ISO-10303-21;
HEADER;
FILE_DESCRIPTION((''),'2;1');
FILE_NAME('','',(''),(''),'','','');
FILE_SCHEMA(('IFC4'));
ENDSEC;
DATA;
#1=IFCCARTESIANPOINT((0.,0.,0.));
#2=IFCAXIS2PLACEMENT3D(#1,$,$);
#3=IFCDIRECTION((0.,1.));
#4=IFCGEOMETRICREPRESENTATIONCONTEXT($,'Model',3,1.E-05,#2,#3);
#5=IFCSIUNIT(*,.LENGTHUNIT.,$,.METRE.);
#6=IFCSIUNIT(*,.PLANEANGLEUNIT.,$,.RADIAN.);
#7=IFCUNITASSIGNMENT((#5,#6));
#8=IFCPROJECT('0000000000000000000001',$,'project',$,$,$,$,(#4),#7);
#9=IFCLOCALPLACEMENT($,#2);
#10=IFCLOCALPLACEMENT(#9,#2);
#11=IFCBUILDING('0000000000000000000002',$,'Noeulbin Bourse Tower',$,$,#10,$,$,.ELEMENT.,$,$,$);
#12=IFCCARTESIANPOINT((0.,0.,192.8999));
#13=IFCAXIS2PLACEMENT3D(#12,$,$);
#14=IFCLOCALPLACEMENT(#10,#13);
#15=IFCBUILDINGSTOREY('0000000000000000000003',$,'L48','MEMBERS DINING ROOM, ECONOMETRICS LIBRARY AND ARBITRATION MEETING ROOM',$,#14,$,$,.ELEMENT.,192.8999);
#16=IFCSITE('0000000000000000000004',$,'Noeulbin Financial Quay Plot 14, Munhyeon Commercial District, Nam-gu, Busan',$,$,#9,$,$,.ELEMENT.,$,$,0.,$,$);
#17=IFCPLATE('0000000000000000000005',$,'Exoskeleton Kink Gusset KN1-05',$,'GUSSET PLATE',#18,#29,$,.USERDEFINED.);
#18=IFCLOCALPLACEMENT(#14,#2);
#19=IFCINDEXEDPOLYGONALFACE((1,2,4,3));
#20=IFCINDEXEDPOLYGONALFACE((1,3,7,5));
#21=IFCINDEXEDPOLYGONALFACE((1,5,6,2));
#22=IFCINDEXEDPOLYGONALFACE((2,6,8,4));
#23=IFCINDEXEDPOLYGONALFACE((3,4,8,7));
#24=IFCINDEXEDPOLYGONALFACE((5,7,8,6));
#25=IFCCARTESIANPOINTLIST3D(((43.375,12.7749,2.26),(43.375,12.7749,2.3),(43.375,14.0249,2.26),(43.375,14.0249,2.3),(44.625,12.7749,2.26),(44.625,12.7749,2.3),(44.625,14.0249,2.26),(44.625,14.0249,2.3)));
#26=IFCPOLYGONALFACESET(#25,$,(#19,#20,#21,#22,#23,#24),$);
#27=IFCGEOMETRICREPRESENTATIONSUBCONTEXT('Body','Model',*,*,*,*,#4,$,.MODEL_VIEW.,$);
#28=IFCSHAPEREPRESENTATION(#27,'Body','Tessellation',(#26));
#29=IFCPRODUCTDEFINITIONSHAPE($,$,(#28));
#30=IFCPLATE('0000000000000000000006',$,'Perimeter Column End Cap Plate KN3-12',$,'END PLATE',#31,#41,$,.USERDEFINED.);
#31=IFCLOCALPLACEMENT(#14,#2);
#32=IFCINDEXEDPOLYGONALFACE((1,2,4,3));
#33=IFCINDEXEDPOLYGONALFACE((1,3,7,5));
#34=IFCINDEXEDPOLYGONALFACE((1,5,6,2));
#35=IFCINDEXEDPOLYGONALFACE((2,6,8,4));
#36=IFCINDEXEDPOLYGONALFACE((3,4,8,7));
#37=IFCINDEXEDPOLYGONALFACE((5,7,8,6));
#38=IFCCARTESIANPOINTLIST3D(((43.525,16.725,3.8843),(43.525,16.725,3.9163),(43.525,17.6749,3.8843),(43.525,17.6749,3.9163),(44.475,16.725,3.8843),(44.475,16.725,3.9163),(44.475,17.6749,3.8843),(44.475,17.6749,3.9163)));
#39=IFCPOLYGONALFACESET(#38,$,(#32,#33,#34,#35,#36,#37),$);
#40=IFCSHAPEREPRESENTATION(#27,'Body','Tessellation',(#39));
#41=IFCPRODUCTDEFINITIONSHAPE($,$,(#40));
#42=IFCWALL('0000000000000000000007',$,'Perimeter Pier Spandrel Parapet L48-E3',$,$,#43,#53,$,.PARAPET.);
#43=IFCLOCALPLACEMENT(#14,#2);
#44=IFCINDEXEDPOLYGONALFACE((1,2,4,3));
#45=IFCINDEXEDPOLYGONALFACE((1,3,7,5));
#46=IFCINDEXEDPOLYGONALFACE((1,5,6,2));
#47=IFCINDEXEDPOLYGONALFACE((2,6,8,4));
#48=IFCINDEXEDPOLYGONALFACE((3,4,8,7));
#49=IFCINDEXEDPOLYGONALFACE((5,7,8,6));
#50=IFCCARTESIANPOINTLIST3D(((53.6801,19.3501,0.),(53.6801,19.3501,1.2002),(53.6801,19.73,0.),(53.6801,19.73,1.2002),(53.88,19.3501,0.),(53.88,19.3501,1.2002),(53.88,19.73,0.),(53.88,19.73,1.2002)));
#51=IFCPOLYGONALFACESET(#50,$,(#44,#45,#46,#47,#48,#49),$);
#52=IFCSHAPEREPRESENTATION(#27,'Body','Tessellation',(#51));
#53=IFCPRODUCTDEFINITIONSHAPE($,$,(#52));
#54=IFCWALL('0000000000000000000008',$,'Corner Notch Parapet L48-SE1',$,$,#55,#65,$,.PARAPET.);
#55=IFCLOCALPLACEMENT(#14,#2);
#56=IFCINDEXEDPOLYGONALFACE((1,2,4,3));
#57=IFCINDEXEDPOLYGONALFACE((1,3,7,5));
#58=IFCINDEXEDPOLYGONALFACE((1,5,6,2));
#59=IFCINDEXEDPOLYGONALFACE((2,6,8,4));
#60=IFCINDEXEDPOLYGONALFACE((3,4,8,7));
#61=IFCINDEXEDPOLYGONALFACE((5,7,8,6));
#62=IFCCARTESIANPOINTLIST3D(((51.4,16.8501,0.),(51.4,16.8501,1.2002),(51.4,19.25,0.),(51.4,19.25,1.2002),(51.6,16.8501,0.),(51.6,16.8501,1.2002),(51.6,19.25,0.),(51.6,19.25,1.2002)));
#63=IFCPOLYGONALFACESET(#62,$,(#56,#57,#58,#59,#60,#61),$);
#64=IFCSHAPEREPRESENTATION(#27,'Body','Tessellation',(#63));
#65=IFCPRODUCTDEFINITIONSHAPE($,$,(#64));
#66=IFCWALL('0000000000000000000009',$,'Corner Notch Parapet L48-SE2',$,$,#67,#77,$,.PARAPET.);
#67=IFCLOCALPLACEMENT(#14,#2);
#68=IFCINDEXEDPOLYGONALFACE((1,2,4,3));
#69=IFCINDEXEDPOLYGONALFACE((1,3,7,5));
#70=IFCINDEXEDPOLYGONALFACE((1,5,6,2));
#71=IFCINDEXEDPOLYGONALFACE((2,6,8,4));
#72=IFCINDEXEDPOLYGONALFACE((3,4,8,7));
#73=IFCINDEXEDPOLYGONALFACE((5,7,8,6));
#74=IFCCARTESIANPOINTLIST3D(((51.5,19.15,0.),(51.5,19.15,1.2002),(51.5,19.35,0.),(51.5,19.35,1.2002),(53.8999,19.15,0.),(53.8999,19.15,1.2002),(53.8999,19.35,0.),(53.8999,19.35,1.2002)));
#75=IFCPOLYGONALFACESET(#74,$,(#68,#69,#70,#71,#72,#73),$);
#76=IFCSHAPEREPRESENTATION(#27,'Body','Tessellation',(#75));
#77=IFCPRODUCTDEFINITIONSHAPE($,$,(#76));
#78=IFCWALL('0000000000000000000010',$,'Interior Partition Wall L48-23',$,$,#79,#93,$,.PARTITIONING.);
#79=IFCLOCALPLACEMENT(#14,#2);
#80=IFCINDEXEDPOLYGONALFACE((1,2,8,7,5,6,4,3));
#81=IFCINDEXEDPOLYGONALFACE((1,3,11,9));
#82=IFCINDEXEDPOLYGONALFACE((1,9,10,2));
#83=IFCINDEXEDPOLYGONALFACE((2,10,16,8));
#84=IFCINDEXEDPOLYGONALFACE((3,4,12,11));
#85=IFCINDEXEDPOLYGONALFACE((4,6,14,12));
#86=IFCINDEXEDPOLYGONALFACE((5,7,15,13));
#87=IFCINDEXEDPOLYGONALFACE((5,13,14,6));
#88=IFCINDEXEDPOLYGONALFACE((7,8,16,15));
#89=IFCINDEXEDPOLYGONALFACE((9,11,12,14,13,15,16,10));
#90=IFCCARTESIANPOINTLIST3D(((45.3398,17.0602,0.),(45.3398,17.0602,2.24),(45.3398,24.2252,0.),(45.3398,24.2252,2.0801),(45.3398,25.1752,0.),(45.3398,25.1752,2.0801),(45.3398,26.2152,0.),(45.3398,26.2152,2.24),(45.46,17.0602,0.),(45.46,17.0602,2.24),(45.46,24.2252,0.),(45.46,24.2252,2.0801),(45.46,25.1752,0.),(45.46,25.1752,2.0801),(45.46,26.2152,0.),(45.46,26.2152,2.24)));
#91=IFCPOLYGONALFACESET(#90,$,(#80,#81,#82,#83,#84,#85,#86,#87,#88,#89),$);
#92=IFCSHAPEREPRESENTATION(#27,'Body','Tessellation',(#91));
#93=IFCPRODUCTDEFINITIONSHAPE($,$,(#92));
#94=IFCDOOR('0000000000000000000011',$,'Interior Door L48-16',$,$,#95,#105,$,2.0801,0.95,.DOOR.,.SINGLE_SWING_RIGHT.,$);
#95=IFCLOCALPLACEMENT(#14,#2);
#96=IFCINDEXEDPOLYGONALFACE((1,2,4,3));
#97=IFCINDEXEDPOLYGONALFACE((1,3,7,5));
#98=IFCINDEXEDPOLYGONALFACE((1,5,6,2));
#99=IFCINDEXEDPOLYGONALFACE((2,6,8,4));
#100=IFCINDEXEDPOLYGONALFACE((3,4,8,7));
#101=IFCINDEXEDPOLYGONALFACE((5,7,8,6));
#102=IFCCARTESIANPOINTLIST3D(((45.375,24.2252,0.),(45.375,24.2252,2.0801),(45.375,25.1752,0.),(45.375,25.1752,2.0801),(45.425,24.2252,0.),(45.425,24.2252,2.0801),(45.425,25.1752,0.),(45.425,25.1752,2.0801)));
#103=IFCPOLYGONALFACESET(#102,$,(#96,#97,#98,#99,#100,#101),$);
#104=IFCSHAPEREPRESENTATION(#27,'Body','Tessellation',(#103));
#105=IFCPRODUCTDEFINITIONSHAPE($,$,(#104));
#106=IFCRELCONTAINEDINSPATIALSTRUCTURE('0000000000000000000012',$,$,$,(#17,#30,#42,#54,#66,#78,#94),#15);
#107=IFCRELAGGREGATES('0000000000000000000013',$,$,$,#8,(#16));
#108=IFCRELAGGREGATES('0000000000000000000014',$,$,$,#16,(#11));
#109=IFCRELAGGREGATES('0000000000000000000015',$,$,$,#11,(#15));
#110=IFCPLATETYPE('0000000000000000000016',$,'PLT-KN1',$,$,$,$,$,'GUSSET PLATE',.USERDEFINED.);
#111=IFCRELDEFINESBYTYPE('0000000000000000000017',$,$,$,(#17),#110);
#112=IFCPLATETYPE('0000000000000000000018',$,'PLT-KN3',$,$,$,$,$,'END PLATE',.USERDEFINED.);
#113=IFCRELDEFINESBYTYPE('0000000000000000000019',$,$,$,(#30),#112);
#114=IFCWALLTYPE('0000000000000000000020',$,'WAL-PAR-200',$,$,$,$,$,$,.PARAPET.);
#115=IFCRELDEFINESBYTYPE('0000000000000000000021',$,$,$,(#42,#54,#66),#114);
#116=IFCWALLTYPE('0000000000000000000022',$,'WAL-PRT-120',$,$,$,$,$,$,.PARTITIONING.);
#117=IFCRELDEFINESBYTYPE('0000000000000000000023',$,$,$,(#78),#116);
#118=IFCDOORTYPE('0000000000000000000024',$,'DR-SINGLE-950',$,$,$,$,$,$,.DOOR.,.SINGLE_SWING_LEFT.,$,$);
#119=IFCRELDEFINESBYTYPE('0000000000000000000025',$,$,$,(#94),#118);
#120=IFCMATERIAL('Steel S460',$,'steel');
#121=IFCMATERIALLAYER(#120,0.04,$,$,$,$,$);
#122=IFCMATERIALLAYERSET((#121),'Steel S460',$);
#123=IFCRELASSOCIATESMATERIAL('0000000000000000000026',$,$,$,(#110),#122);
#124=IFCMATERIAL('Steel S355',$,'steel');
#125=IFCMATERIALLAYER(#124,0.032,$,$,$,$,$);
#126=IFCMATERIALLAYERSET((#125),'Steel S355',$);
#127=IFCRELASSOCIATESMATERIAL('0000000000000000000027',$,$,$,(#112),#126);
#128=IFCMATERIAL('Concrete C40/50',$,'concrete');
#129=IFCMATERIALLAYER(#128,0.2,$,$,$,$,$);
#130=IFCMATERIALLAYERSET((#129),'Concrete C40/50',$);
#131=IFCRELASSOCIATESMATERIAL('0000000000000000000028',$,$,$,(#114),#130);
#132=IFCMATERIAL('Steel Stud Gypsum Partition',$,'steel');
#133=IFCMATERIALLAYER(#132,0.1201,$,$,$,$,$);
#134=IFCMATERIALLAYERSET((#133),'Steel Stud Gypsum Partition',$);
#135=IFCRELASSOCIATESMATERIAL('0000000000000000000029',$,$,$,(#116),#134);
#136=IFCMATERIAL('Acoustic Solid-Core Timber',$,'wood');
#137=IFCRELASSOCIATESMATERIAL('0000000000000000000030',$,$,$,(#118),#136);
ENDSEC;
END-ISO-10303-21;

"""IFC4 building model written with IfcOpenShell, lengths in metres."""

from ifc_helpers import new_model, si_unit, direction, frame, frame_2d, origin, origin_2d, place, context, subcontext, project, spatial, rectangle, extrude, material, layer, layer_set, type_object, element, fill, save


model = new_model("IFC4")

# Units and contexts
model_context = context("Model", 3, precision=1e-05, world=origin(), true_north=direction((0.0, 1.0)))
body_context = subcontext(model_context, "Body", "Model", "MODEL_VIEW")
ifc_project = project(units=[si_unit("LENGTHUNIT", "METRE"), si_unit("PLANEANGLEUNIT", "RADIAN")], contexts=[model_context])

# Site, building, storey
site_placement = place(None, origin())
site = spatial("IfcSite", under=ifc_project, at=site_placement, Name="Noeulbin Financial Quay Plot 14, Munhyeon Commercial District, Nam-gu, Busan", CompositionType="ELEMENT", RefElevation=0.0)
building_placement = place(site_placement, origin())
building = spatial("IfcBuilding", under=site, at=building_placement, Name="Noeulbin Bourse Tower", CompositionType="ELEMENT")
storey_placement = place(building_placement, frame((0.0, 0.0, 192.8999)))
storey = spatial("IfcBuildingStorey", under=building, at=storey_placement, Name="L48", Description="MEMBERS DINING ROOM, ECONOMETRICS LIBRARY AND ARBITRATION MEETING ROOM", CompositionType="ELEMENT", Elevation=192.8999)

# Shared definitions
ifc_material_1 = material(Name="Steel S355", Category="steel")
ifc_material_2 = material(Name="Steel S460", Category="steel")

# Plates
ifc_layer_1 = layer(ifc_material_2, 0.04)
ifc_layer_set_1 = layer_set([ifc_layer_1], Name="Steel S460")
plate_type_1 = type_object("IfcPlateType", Name="PLT-KN1", ElementType="GUSSET PLATE", PredefinedType="USERDEFINED", material=ifc_layer_set_1)
plate_1_placement = place(storey_placement, frame((44.0, 13.3999, 2.26), z_axis=(0.0, 0.0, 1.0), x_axis=(1.0, 0.0, 0.0)))
element("IfcPlate", 1, at=plate_1_placement, inside=storey, type_object=plate_type_1, Name="Exoskeleton Kink Gusset KN1-05", ObjectType="GUSSET PLATE", PredefinedType="USERDEFINED", context=body_context, shape_type="SweptSolid", body=[
    extrude(rectangle(XDim=1.25, YDim=1.25, at=origin_2d()), origin(), (0.0, 0.0, 1.0), 0.04),
])
ifc_layer_2 = layer(ifc_material_1, 0.032)
ifc_layer_set_2 = layer_set([ifc_layer_2], Name="Steel S355")
plate_type_2 = type_object("IfcPlateType", Name="PLT-KN3", ElementType="END PLATE", PredefinedType="USERDEFINED", material=ifc_layer_set_2)
plate_2_placement = place(storey_placement, frame((44.0, 17.2, 3.8843), z_axis=(0.0, 0.0, 1.0), x_axis=(1.0, 0.0, 0.0)))
element("IfcPlate", 2, at=plate_2_placement, inside=storey, type_object=plate_type_2, Name="Perimeter Column End Cap Plate KN3-12", ObjectType="END PLATE", PredefinedType="USERDEFINED", context=body_context, shape_type="SweptSolid", body=[
    extrude(rectangle(XDim=0.95, YDim=0.95, at=origin_2d()), origin(), (0.0, 0.0, 1.0), 0.032),
])

# Walls
ifc_material_3 = material(Name="Concrete C40/50", Category="concrete")
ifc_layer_3 = layer(ifc_material_3, 0.2)
ifc_layer_set_3 = layer_set([ifc_layer_3], Name="Concrete C40/50")
wall_type_1 = type_object("IfcWallType", Name="WAL-PAR-200", PredefinedType="PARAPET", material=ifc_layer_set_3)
wall_1_placement = place(storey_placement, frame((53.78, 19.3501, 0.0), z_axis=(0.0, 0.0, 1.0), x_axis=(0.0, 1.0, 0.0)))
element("IfcWall", 3, at=wall_1_placement, inside=storey, type_object=wall_type_1, Name="Perimeter Pier Spandrel Parapet L48-E3", PredefinedType="PARAPET", context=body_context, shape_type="SweptSolid", body=[
    extrude(rectangle(XDim=0.3799, YDim=0.2, at=frame_2d((0.1899, 0.0))), origin(), (0.0, 0.0, 1.0), 1.2002),
])
for number, where, z_axis, x_axis, name in (
    (4, (51.5, 16.8501, 0.0), (0.0, 0.0, 1.0), (0.0, 1.0, 0.0), "Corner Notch Parapet L48-SE1"),
    (5, (51.5, 19.25, 0.0), (0.0, 0.0, 1.0), (1.0, 0.0, 0.0), "Corner Notch Parapet L48-SE2"),
):
    element("IfcWall", number, at=place(storey_placement, frame(where, z_axis=z_axis, x_axis=x_axis)), inside=storey, type_object=wall_type_1, Name=name, PredefinedType="PARAPET", context=body_context, shape_type="SweptSolid", body=[
        extrude(rectangle(XDim=2.3999, YDim=0.2, at=frame_2d((1.2, 0.0))), origin(), (0.0, 0.0, 1.0), 1.2002),
    ])

# Wall, opening, door
ifc_material_4 = material(Name="Steel Stud Gypsum Partition", Category="steel")
ifc_layer_4 = layer(ifc_material_4, 0.1201)
ifc_layer_set_4 = layer_set([ifc_layer_4], Name="Steel Stud Gypsum Partition")
wall_type_2 = type_object("IfcWallType", Name="WAL-PRT-120", PredefinedType="PARTITIONING", material=ifc_layer_set_4)
wall_2_placement = place(storey_placement, frame((45.3999, 17.0601, 0.0), z_axis=(0.0, 0.0, 1.0), x_axis=(0.0, 1.0, 0.0)))
wall_2 = element("IfcWall", 6, at=wall_2_placement, inside=storey, type_object=wall_type_2, Name="Interior Partition Wall L48-23", PredefinedType="PARTITIONING", context=body_context, shape_type="SweptSolid", body=[
    extrude(rectangle(XDim=9.155, YDim=0.1201, at=frame_2d((4.5776, 0.0))), origin(), (0.0, 0.0, 1.0), 2.24),
])
opening_placement = place(wall_2_placement, frame((7.165, 0.0, 0.0)))
opening = element("IfcOpeningElement", 7, at=opening_placement, cuts=wall_2, PredefinedType="OPENING", context=body_context, shape_type="SweptSolid", body=[
    extrude(rectangle(XDim=0.95, YDim=2.0801, at=frame_2d((0.4751, 1.04))), frame((0.0, 0.0701, 0.0), z_axis=(0.0, -1.0, 0.0), x_axis=(1.0, 0.0, 0.0)), (0.0, 0.0, 1.0), 0.1401),
])
ifc_material_5 = material(Name="Acoustic Solid-Core Timber", Category="wood")
door_type = type_object("IfcDoorType", Name="DR-SINGLE-950", OperationType="SINGLE_SWING_LEFT", PredefinedType="DOOR", material=ifc_material_5)
door_placement = place(opening_placement, origin())
door = element("IfcDoor", 8, at=door_placement, inside=storey, type_object=door_type, Name="Interior Door L48-16", OperationType="SINGLE_SWING_RIGHT", OverallHeight=2.0801, OverallWidth=0.95, PredefinedType="DOOR", context=body_context, shape_type="SweptSolid", body=[
    extrude(rectangle(XDim=0.95, YDim=2.0801, at=frame_2d((0.4751, 1.04))), frame((0.0, 0.0249, 0.0), z_axis=(0.0, -1.0, 0.0), x_axis=(1.0, 0.0, 0.0)), (0.0, 0.0, 1.0), 0.05),
])
fill(opening, door)

save(model, "model.ifc")
